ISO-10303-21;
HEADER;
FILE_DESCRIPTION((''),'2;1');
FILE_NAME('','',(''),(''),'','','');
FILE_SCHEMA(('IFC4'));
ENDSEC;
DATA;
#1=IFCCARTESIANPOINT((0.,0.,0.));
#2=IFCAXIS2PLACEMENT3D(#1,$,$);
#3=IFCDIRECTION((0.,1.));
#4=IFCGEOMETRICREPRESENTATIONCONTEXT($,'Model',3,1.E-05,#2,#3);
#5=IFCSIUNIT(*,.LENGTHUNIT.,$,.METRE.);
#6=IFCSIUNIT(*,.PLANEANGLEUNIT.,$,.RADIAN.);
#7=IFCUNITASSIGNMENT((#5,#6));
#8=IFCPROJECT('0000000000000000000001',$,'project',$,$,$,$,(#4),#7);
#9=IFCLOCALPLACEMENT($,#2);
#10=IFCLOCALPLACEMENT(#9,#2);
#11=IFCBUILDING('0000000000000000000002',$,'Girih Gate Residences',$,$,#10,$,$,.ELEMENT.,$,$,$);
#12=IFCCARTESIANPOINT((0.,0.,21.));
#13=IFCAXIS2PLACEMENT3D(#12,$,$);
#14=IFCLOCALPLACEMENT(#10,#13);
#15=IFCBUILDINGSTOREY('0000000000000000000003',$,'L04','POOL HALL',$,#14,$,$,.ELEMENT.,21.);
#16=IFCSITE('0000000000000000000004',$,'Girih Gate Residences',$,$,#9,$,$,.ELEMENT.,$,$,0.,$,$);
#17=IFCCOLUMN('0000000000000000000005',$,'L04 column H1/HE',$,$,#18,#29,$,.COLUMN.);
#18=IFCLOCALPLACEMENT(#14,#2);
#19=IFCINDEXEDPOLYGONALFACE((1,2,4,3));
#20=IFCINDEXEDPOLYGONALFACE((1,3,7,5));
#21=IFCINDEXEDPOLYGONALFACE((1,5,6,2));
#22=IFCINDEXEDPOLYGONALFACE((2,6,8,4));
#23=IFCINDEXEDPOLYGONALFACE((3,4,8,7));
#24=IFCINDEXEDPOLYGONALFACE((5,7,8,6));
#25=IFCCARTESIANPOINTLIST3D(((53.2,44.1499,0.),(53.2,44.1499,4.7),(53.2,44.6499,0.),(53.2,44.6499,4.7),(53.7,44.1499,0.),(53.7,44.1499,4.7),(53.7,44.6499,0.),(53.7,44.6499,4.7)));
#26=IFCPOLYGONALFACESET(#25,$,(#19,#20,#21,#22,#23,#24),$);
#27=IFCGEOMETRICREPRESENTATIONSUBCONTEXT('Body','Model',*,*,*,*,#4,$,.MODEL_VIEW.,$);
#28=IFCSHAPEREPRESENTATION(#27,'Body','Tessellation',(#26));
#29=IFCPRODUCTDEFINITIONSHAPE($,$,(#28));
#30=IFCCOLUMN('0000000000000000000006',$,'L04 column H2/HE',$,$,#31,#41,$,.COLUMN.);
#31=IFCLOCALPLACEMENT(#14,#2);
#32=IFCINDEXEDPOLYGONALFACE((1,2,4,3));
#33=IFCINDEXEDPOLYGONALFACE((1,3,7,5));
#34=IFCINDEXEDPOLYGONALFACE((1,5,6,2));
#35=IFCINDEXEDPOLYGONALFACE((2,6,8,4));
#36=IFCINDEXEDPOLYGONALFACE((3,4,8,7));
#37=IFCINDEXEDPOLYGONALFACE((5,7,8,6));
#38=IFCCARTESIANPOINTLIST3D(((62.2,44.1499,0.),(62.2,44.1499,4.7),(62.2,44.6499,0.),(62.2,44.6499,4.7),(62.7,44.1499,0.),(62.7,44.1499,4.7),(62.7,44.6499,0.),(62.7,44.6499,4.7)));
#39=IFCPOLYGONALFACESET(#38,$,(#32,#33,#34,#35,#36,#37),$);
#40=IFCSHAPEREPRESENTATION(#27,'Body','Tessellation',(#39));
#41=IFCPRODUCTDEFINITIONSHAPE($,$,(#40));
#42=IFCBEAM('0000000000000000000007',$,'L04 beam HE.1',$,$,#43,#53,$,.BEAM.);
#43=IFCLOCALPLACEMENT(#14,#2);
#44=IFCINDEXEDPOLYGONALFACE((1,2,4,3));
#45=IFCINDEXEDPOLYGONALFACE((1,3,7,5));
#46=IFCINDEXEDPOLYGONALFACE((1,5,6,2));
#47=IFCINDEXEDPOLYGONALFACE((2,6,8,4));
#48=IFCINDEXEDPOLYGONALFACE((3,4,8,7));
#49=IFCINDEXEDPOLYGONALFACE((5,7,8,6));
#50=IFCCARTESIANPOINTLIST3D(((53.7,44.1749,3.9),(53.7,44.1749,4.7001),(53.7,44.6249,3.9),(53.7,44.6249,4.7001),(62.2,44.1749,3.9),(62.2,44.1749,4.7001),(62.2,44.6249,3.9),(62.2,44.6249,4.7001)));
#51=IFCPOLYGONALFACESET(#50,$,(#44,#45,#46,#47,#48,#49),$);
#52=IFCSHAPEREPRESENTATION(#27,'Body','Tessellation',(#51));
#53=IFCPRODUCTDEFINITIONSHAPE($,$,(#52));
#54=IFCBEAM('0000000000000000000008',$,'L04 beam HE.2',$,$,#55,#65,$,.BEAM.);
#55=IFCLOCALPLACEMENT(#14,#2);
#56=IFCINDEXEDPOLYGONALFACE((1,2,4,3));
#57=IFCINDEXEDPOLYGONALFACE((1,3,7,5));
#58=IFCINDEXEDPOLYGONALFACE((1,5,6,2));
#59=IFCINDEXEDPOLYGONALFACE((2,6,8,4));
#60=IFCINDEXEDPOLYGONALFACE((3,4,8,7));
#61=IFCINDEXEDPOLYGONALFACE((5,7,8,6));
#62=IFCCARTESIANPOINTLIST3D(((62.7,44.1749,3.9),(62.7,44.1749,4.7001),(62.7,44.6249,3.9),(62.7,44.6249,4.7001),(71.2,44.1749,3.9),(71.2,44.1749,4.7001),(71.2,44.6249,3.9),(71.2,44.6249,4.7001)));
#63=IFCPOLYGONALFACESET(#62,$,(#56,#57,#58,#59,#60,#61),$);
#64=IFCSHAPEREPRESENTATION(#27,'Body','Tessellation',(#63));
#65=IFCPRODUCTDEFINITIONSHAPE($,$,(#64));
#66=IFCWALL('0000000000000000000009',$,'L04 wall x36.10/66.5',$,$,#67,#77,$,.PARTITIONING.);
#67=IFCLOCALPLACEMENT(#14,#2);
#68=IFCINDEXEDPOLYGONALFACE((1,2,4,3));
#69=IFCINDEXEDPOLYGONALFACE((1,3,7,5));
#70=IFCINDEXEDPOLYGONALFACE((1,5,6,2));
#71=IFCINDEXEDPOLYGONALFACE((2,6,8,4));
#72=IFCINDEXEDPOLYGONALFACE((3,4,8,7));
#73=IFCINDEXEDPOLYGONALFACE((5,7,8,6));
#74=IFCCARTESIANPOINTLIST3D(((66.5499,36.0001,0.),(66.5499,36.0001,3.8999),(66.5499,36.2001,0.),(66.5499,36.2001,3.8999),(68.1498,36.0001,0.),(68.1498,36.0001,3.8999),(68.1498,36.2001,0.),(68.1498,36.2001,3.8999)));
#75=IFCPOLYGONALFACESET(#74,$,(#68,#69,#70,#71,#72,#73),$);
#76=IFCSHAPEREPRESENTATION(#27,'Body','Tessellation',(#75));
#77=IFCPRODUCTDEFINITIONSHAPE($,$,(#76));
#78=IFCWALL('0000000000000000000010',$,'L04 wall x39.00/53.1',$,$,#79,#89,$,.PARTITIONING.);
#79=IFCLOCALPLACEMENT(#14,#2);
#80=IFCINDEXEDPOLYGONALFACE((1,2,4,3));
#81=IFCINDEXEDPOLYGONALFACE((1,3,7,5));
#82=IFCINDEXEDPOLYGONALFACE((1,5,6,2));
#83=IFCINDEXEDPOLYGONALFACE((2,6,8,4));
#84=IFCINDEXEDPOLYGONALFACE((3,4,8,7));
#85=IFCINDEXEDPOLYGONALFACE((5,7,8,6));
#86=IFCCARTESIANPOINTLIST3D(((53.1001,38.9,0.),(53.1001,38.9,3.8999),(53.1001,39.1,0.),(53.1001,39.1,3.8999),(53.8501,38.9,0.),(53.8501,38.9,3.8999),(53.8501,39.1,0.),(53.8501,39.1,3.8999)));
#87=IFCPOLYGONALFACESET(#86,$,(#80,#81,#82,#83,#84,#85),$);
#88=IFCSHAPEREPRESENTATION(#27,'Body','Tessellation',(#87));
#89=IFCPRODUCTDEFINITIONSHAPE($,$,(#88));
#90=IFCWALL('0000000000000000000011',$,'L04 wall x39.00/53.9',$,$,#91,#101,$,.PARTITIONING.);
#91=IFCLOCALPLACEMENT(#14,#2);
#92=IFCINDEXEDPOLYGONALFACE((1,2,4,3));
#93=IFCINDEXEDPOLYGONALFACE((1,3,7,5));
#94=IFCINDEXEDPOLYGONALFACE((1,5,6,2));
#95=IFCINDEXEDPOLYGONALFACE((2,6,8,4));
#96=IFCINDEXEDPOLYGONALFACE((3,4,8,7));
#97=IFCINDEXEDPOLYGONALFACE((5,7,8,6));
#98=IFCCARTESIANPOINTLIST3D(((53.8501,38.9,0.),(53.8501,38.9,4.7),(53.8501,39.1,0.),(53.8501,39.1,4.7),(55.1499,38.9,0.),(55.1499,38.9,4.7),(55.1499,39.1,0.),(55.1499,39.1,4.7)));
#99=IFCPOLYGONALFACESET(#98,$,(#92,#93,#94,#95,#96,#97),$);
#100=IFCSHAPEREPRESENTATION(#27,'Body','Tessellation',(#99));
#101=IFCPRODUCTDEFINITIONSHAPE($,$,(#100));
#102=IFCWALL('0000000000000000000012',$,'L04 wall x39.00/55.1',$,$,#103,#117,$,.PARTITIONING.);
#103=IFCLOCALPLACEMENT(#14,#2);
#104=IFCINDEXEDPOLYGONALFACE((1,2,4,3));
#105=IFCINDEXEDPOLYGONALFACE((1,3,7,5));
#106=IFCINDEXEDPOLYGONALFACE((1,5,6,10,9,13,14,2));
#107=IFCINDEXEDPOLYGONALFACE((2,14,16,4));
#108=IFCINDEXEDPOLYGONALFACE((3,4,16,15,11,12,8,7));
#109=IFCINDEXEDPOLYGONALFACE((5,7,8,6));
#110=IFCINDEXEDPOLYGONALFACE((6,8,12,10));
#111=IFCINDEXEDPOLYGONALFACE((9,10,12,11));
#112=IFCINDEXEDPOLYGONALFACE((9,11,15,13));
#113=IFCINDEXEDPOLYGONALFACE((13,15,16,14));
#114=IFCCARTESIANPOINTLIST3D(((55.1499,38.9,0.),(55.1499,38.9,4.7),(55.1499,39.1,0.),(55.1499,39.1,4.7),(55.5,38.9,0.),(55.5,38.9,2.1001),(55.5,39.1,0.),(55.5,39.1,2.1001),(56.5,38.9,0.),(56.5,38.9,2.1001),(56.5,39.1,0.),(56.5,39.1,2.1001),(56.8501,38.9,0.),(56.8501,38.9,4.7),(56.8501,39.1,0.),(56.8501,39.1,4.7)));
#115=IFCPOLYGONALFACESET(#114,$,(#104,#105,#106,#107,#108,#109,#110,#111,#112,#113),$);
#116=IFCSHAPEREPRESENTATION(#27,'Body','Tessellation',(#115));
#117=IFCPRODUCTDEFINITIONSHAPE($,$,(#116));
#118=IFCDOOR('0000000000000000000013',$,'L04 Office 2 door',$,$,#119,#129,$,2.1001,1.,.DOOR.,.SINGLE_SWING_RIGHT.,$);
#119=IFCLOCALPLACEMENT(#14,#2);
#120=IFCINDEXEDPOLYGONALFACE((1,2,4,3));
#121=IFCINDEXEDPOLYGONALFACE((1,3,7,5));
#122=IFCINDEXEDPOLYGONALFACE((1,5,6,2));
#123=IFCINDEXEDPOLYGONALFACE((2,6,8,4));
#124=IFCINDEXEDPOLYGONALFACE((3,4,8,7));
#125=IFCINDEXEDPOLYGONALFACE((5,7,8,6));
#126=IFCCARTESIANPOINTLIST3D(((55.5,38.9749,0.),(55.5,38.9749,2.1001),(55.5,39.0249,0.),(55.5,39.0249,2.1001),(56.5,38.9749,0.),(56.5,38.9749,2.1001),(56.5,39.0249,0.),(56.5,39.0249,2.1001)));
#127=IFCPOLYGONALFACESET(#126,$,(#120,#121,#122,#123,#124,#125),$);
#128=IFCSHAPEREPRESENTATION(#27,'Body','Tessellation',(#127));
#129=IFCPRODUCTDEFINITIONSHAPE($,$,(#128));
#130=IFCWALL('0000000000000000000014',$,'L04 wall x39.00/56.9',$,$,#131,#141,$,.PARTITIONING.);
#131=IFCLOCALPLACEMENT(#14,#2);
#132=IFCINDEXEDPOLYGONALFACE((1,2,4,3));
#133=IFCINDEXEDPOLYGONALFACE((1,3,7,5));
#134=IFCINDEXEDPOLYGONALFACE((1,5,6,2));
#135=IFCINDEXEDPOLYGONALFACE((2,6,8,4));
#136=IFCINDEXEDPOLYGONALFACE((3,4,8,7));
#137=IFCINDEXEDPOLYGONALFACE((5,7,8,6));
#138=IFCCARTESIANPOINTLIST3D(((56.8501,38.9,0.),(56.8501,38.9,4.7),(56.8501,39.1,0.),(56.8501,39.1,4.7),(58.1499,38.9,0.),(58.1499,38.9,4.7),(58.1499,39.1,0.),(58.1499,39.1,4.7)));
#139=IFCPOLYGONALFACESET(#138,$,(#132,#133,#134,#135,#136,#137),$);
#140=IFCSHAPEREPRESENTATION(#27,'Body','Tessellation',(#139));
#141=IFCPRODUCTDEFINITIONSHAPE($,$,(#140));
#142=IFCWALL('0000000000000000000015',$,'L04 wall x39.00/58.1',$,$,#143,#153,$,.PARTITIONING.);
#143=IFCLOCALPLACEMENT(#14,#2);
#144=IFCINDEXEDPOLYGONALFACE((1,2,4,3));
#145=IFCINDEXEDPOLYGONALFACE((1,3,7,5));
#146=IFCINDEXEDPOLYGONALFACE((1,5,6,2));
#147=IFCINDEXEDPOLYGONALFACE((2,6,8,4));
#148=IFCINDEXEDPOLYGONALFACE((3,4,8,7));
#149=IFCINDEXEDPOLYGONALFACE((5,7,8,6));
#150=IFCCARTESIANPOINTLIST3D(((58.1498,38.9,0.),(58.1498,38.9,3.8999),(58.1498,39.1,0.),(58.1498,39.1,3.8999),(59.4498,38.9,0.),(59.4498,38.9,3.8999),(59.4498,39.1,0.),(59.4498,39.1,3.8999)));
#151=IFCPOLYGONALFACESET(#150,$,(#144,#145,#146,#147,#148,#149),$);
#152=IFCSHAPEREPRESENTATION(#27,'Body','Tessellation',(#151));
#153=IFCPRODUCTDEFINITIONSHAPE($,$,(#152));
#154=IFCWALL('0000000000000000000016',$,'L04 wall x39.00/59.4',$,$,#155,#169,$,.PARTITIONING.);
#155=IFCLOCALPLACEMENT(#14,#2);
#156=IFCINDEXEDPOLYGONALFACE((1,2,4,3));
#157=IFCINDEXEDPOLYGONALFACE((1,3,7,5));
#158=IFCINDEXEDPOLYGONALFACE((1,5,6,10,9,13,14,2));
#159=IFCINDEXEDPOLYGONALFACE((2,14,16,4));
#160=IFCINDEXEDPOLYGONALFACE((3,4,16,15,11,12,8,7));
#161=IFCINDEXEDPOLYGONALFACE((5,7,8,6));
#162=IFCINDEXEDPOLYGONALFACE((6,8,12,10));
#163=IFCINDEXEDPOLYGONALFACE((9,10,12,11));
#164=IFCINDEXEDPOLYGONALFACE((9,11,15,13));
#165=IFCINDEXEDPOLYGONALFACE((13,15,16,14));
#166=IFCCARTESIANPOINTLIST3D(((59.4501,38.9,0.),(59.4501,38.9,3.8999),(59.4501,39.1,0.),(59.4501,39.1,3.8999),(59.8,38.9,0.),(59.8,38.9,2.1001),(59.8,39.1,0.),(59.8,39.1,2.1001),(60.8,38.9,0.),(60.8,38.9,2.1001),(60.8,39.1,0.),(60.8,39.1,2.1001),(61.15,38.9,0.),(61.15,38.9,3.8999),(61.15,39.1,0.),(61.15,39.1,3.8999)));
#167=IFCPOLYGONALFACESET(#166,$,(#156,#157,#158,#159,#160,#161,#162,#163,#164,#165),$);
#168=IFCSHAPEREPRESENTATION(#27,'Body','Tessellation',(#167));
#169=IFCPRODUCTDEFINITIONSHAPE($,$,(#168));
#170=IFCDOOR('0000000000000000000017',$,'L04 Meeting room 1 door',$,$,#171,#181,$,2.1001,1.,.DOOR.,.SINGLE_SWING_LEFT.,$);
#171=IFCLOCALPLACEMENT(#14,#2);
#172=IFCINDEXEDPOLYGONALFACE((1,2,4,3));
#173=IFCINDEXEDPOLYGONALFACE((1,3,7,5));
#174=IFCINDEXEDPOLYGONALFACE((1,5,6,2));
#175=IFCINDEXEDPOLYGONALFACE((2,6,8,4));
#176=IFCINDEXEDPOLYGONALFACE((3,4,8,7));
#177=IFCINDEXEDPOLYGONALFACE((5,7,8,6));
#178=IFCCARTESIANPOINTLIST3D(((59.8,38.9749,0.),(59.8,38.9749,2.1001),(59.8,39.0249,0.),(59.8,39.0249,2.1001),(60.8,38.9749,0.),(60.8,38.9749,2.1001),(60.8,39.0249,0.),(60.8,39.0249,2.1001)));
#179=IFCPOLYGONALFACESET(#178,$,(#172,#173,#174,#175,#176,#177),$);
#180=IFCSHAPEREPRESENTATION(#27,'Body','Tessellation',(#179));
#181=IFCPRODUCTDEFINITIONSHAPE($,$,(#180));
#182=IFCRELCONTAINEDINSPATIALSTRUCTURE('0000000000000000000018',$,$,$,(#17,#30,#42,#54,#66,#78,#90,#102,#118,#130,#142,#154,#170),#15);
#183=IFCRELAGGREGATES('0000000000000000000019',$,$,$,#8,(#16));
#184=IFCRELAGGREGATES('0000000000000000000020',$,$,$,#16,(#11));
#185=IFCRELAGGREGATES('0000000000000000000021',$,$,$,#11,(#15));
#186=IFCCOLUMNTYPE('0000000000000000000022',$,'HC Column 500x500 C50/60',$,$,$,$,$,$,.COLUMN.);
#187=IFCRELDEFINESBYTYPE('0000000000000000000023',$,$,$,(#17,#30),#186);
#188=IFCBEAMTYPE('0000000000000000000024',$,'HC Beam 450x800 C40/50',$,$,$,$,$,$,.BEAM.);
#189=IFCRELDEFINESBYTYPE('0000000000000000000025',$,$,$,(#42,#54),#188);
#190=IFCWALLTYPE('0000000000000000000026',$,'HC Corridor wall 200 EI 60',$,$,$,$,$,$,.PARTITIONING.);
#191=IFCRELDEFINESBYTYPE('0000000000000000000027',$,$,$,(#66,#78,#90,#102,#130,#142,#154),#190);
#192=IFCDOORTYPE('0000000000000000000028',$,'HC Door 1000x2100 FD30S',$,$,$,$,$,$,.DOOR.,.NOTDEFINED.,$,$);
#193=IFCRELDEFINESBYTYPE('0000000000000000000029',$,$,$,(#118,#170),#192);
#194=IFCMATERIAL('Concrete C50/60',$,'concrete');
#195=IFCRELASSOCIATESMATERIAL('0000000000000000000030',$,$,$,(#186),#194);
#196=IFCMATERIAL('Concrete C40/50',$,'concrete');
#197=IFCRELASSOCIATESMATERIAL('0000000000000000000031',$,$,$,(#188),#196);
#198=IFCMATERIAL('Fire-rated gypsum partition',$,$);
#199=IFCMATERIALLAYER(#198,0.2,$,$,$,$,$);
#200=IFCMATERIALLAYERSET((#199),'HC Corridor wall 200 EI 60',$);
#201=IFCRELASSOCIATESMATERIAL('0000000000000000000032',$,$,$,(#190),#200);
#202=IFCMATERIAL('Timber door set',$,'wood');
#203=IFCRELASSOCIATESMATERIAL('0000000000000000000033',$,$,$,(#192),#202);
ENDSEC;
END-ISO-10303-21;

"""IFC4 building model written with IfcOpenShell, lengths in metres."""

from ifc_helpers import new_model, si_unit, direction, frame, frame_2d, origin, origin_2d, place, context, subcontext, project, spatial, rectangle, extrude, material, layer, layer_set, material_profile, profile_set, type_object, element, fill, save


model = new_model("IFC4")

# Units and contexts
model_context = context("Model", 3, precision=1e-05, world=origin(), true_north=direction((0.0, 1.0)))
body_context = subcontext(model_context, "Body", "Model", "MODEL_VIEW")
ifc_project = project(units=[si_unit("LENGTHUNIT", "METRE"), si_unit("PLANEANGLEUNIT", "RADIAN")], contexts=[model_context])

# Site, building, storey
site_placement = place(None, origin())
site = spatial("IfcSite", under=ifc_project, at=site_placement, Name="Girih Gate Residences", CompositionType="ELEMENT", RefElevation=0.0)
building_placement = place(site_placement, origin())
building = spatial("IfcBuilding", under=site, at=building_placement, Name="Girih Gate Residences", CompositionType="ELEMENT")
storey_placement = place(building_placement, frame((0.0, 0.0, 21.0)))
storey = spatial("IfcBuildingStorey", under=building, at=storey_placement, Name="L04", Description="POOL HALL", CompositionType="ELEMENT", Elevation=21.0)

# Columns
ifc_material_1 = material(Name="Concrete C50/60", Category="concrete")
ifc_material_profile_1 = material_profile(ifc_material_1, rectangle(XDim=0.5, YDim=0.5, at=origin_2d()))
ifc_profile_set_1 = profile_set([ifc_material_profile_1], Name="Concrete C50/60")
column_type = type_object("IfcColumnType", Name="HC Column 500x500 C50/60", PredefinedType="COLUMN", material=ifc_profile_set_1)
for number, where, z_axis, x_axis, name in (
    (1, (53.45, 44.3999, 0.0), (0.0, 0.0, 1.0), (1.0, 0.0, 0.0), "L04 column H1/HE"),
    (2, (62.45, 44.3999, 0.0), (0.0, 0.0, 1.0), (1.0, 0.0, 0.0), "L04 column H2/HE"),
):
    element("IfcColumn", number, at=place(storey_placement, frame(where, z_axis=z_axis, x_axis=x_axis)), inside=storey, type_object=column_type, Name=name, PredefinedType="COLUMN", context=body_context, shape_type="SweptSolid", body=[
        extrude(rectangle(XDim=0.5, YDim=0.5, at=origin_2d()), origin(), (0.0, 0.0, 1.0), 4.7),
    ])

# Beams
ifc_material_2 = material(Name="Concrete C40/50", Category="concrete")
ifc_material_profile_2 = material_profile(ifc_material_2, rectangle(XDim=0.45, YDim=0.8, at=origin_2d()))
ifc_profile_set_2 = profile_set([ifc_material_profile_2], Name="Concrete C40/50")
beam_type = type_object("IfcBeamType", Name="HC Beam 450x800 C40/50", PredefinedType="BEAM", material=ifc_profile_set_2)
for number, where, z_axis, x_axis, name in (
    (3, (53.7, 44.3999, 4.3), (1.0, 0.0, 0.0), (0.0, 1.0, 0.0), "L04 beam HE.1"),
    (4, (62.7, 44.3999, 4.3), (1.0, 0.0, 0.0), (0.0, 1.0, 0.0), "L04 beam HE.2"),
):
    element("IfcBeam", number, at=place(storey_placement, frame(where, z_axis=z_axis, x_axis=x_axis)), inside=storey, type_object=beam_type, Name=name, PredefinedType="BEAM", context=body_context, shape_type="SweptSolid", body=[
        extrude(rectangle(XDim=0.45, YDim=0.8, at=origin_2d()), origin(), (0.0, 0.0, 1.0), 8.5),
    ])

# Walls
ifc_material_3 = material(Name="Fire-rated gypsum partition")
ifc_layer_1 = layer(ifc_material_3, 0.2)
ifc_layer_set_1 = layer_set([ifc_layer_1], Name="HC Corridor wall 200 EI 60")
wall_type_1 = type_object("IfcWallType", Name="HC Corridor wall 200 EI 60", PredefinedType="PARTITIONING", material=ifc_layer_set_1)
wall_1_placement = place(storey_placement, frame((66.55, 36.1001, 0.0), z_axis=(0.0, 0.0, 1.0), x_axis=(1.0, 0.0, 0.0)))
element("IfcWall", 5, at=wall_1_placement, inside=storey, type_object=wall_type_1, Name="L04 wall x36.10/66.5", PredefinedType="PARTITIONING", context=body_context, shape_type="SweptSolid", body=[
    extrude(rectangle(XDim=1.5999, YDim=0.2, at=frame_2d((0.7998, 0.0))), origin(), (0.0, 0.0, 1.0), 3.8999),
])
wall_2_placement = place(storey_placement, frame((53.1001, 39.0, 0.0), z_axis=(0.0, 0.0, 1.0), x_axis=(1.0, 0.0, 0.0)))
element("IfcWall", 6, at=wall_2_placement, inside=storey, type_object=wall_type_1, Name="L04 wall x39.00/53.1", PredefinedType="PARTITIONING", context=body_context, shape_type="SweptSolid", body=[
    extrude(rectangle(XDim=0.75, YDim=0.2, at=frame_2d((0.375, 0.0))), origin(), (0.0, 0.0, 1.0), 3.8999),
])
wall_3_placement = place(storey_placement, frame((53.8501, 39.0, 0.0), z_axis=(0.0, 0.0, 1.0), x_axis=(1.0, 0.0, 0.0)))
element("IfcWall", 7, at=wall_3_placement, inside=storey, type_object=wall_type_1, Name="L04 wall x39.00/53.9", PredefinedType="PARTITIONING", context=body_context, shape_type="SweptSolid", body=[
    extrude(rectangle(XDim=1.2998, YDim=0.2, at=frame_2d((0.6499, 0.0))), origin(), (0.0, 0.0, 1.0), 4.7),
])

# Wall, opening, door
wall_4_placement = place(storey_placement, frame((55.1499, 39.0, 0.0), z_axis=(0.0, 0.0, 1.0), x_axis=(1.0, 0.0, 0.0)))
wall_4 = element("IfcWall", 8, at=wall_4_placement, inside=storey, type_object=wall_type_1, Name="L04 wall x39.00/55.1", PredefinedType="PARTITIONING", context=body_context, shape_type="SweptSolid", body=[
    extrude(rectangle(XDim=1.7002, YDim=0.2, at=frame_2d((0.8501, 0.0))), origin(), (0.0, 0.0, 1.0), 4.7),
])
opening_1_placement = place(wall_4_placement, frame((0.3501, 0.0, 0.0)))
opening_1 = element("IfcOpeningElement", 9, at=opening_1_placement, cuts=wall_4, PredefinedType="OPENING", context=body_context, shape_type="SweptSolid", body=[
    extrude(rectangle(XDim=1.0, YDim=2.1001, at=frame_2d((0.5, 1.05))), frame((0.0, 0.1099, 0.0), z_axis=(0.0, -1.0, 0.0), x_axis=(1.0, 0.0, 0.0)), (0.0, 0.0, 1.0), 0.22),
])
ifc_material_4 = material(Name="Timber door set", Category="wood")
door_type = type_object("IfcDoorType", Name="HC Door 1000x2100 FD30S", OperationType="NOTDEFINED", PredefinedType="DOOR", material=ifc_material_4)
door_1_placement = place(opening_1_placement, origin())
door_1 = element("IfcDoor", 10, at=door_1_placement, inside=storey, type_object=door_type, Name="L04 Office 2 door", OperationType="SINGLE_SWING_RIGHT", OverallHeight=2.1001, OverallWidth=1.0, PredefinedType="DOOR", context=body_context, shape_type="SweptSolid", body=[
    extrude(rectangle(XDim=1.0, YDim=2.1001, at=frame_2d((0.5, 1.05))), frame((0.0, 0.0249, 0.0), z_axis=(0.0, -1.0, 0.0), x_axis=(1.0, 0.0, 0.0)), (0.0, 0.0, 1.0), 0.05),
])
fill(opening_1, door_1)

# Walls
wall_5_placement = place(storey_placement, frame((56.8501, 39.0, 0.0), z_axis=(0.0, 0.0, 1.0), x_axis=(1.0, 0.0, 0.0)))
element("IfcWall", 11, at=wall_5_placement, inside=storey, type_object=wall_type_1, Name="L04 wall x39.00/56.9", PredefinedType="PARTITIONING", context=body_context, shape_type="SweptSolid", body=[
    extrude(rectangle(XDim=1.2998, YDim=0.2, at=frame_2d((0.6499, 0.0))), origin(), (0.0, 0.0, 1.0), 4.7),
])
wall_6_placement = place(storey_placement, frame((58.1499, 39.0, 0.0), z_axis=(0.0, 0.0, 1.0), x_axis=(1.0, 0.0, 0.0)))
element("IfcWall", 12, at=wall_6_placement, inside=storey, type_object=wall_type_1, Name="L04 wall x39.00/58.1", PredefinedType="PARTITIONING", context=body_context, shape_type="SweptSolid", body=[
    extrude(rectangle(XDim=1.3, YDim=0.2, at=frame_2d((0.6499, 0.0))), origin(), (0.0, 0.0, 1.0), 3.8999),
])

# Wall, opening, door
wall_7_placement = place(storey_placement, frame((59.45, 39.0, 0.0), z_axis=(0.0, 0.0, 1.0), x_axis=(1.0, 0.0, 0.0)))
wall_7 = element("IfcWall", 13, at=wall_7_placement, inside=storey, type_object=wall_type_1, Name="L04 wall x39.00/59.4", PredefinedType="PARTITIONING", context=body_context, shape_type="SweptSolid", body=[
    extrude(rectangle(XDim=1.7, YDim=0.2, at=frame_2d((0.8501, 0.0))), origin(), (0.0, 0.0, 1.0), 3.8999),
])
opening_2_placement = place(wall_7_placement, frame((0.3501, 0.0, 0.0)))
opening_2 = element("IfcOpeningElement", 14, at=opening_2_placement, cuts=wall_7, PredefinedType="OPENING", context=body_context, shape_type="SweptSolid", body=[
    extrude(rectangle(XDim=1.0, YDim=2.1001, at=frame_2d((0.5, 1.05))), frame((0.0, 0.1099, 0.0), z_axis=(0.0, -1.0, 0.0), x_axis=(1.0, 0.0, 0.0)), (0.0, 0.0, 1.0), 0.22),
])
door_2_placement = place(opening_2_placement, origin())
door_2 = element("IfcDoor", 15, at=door_2_placement, inside=storey, type_object=door_type, Name="L04 Meeting room 1 door", OperationType="SINGLE_SWING_LEFT", OverallHeight=2.1001, OverallWidth=1.0, PredefinedType="DOOR", context=body_context, shape_type="SweptSolid", body=[
    extrude(rectangle(XDim=1.0, YDim=2.1001, at=frame_2d((0.5, 1.05))), frame((0.0, 0.0249, 0.0), z_axis=(0.0, -1.0, 0.0), x_axis=(1.0, 0.0, 0.0)), (0.0, 0.0, 1.0), 0.05),
])
fill(opening_2, door_2)

save(model, "model.ifc")
